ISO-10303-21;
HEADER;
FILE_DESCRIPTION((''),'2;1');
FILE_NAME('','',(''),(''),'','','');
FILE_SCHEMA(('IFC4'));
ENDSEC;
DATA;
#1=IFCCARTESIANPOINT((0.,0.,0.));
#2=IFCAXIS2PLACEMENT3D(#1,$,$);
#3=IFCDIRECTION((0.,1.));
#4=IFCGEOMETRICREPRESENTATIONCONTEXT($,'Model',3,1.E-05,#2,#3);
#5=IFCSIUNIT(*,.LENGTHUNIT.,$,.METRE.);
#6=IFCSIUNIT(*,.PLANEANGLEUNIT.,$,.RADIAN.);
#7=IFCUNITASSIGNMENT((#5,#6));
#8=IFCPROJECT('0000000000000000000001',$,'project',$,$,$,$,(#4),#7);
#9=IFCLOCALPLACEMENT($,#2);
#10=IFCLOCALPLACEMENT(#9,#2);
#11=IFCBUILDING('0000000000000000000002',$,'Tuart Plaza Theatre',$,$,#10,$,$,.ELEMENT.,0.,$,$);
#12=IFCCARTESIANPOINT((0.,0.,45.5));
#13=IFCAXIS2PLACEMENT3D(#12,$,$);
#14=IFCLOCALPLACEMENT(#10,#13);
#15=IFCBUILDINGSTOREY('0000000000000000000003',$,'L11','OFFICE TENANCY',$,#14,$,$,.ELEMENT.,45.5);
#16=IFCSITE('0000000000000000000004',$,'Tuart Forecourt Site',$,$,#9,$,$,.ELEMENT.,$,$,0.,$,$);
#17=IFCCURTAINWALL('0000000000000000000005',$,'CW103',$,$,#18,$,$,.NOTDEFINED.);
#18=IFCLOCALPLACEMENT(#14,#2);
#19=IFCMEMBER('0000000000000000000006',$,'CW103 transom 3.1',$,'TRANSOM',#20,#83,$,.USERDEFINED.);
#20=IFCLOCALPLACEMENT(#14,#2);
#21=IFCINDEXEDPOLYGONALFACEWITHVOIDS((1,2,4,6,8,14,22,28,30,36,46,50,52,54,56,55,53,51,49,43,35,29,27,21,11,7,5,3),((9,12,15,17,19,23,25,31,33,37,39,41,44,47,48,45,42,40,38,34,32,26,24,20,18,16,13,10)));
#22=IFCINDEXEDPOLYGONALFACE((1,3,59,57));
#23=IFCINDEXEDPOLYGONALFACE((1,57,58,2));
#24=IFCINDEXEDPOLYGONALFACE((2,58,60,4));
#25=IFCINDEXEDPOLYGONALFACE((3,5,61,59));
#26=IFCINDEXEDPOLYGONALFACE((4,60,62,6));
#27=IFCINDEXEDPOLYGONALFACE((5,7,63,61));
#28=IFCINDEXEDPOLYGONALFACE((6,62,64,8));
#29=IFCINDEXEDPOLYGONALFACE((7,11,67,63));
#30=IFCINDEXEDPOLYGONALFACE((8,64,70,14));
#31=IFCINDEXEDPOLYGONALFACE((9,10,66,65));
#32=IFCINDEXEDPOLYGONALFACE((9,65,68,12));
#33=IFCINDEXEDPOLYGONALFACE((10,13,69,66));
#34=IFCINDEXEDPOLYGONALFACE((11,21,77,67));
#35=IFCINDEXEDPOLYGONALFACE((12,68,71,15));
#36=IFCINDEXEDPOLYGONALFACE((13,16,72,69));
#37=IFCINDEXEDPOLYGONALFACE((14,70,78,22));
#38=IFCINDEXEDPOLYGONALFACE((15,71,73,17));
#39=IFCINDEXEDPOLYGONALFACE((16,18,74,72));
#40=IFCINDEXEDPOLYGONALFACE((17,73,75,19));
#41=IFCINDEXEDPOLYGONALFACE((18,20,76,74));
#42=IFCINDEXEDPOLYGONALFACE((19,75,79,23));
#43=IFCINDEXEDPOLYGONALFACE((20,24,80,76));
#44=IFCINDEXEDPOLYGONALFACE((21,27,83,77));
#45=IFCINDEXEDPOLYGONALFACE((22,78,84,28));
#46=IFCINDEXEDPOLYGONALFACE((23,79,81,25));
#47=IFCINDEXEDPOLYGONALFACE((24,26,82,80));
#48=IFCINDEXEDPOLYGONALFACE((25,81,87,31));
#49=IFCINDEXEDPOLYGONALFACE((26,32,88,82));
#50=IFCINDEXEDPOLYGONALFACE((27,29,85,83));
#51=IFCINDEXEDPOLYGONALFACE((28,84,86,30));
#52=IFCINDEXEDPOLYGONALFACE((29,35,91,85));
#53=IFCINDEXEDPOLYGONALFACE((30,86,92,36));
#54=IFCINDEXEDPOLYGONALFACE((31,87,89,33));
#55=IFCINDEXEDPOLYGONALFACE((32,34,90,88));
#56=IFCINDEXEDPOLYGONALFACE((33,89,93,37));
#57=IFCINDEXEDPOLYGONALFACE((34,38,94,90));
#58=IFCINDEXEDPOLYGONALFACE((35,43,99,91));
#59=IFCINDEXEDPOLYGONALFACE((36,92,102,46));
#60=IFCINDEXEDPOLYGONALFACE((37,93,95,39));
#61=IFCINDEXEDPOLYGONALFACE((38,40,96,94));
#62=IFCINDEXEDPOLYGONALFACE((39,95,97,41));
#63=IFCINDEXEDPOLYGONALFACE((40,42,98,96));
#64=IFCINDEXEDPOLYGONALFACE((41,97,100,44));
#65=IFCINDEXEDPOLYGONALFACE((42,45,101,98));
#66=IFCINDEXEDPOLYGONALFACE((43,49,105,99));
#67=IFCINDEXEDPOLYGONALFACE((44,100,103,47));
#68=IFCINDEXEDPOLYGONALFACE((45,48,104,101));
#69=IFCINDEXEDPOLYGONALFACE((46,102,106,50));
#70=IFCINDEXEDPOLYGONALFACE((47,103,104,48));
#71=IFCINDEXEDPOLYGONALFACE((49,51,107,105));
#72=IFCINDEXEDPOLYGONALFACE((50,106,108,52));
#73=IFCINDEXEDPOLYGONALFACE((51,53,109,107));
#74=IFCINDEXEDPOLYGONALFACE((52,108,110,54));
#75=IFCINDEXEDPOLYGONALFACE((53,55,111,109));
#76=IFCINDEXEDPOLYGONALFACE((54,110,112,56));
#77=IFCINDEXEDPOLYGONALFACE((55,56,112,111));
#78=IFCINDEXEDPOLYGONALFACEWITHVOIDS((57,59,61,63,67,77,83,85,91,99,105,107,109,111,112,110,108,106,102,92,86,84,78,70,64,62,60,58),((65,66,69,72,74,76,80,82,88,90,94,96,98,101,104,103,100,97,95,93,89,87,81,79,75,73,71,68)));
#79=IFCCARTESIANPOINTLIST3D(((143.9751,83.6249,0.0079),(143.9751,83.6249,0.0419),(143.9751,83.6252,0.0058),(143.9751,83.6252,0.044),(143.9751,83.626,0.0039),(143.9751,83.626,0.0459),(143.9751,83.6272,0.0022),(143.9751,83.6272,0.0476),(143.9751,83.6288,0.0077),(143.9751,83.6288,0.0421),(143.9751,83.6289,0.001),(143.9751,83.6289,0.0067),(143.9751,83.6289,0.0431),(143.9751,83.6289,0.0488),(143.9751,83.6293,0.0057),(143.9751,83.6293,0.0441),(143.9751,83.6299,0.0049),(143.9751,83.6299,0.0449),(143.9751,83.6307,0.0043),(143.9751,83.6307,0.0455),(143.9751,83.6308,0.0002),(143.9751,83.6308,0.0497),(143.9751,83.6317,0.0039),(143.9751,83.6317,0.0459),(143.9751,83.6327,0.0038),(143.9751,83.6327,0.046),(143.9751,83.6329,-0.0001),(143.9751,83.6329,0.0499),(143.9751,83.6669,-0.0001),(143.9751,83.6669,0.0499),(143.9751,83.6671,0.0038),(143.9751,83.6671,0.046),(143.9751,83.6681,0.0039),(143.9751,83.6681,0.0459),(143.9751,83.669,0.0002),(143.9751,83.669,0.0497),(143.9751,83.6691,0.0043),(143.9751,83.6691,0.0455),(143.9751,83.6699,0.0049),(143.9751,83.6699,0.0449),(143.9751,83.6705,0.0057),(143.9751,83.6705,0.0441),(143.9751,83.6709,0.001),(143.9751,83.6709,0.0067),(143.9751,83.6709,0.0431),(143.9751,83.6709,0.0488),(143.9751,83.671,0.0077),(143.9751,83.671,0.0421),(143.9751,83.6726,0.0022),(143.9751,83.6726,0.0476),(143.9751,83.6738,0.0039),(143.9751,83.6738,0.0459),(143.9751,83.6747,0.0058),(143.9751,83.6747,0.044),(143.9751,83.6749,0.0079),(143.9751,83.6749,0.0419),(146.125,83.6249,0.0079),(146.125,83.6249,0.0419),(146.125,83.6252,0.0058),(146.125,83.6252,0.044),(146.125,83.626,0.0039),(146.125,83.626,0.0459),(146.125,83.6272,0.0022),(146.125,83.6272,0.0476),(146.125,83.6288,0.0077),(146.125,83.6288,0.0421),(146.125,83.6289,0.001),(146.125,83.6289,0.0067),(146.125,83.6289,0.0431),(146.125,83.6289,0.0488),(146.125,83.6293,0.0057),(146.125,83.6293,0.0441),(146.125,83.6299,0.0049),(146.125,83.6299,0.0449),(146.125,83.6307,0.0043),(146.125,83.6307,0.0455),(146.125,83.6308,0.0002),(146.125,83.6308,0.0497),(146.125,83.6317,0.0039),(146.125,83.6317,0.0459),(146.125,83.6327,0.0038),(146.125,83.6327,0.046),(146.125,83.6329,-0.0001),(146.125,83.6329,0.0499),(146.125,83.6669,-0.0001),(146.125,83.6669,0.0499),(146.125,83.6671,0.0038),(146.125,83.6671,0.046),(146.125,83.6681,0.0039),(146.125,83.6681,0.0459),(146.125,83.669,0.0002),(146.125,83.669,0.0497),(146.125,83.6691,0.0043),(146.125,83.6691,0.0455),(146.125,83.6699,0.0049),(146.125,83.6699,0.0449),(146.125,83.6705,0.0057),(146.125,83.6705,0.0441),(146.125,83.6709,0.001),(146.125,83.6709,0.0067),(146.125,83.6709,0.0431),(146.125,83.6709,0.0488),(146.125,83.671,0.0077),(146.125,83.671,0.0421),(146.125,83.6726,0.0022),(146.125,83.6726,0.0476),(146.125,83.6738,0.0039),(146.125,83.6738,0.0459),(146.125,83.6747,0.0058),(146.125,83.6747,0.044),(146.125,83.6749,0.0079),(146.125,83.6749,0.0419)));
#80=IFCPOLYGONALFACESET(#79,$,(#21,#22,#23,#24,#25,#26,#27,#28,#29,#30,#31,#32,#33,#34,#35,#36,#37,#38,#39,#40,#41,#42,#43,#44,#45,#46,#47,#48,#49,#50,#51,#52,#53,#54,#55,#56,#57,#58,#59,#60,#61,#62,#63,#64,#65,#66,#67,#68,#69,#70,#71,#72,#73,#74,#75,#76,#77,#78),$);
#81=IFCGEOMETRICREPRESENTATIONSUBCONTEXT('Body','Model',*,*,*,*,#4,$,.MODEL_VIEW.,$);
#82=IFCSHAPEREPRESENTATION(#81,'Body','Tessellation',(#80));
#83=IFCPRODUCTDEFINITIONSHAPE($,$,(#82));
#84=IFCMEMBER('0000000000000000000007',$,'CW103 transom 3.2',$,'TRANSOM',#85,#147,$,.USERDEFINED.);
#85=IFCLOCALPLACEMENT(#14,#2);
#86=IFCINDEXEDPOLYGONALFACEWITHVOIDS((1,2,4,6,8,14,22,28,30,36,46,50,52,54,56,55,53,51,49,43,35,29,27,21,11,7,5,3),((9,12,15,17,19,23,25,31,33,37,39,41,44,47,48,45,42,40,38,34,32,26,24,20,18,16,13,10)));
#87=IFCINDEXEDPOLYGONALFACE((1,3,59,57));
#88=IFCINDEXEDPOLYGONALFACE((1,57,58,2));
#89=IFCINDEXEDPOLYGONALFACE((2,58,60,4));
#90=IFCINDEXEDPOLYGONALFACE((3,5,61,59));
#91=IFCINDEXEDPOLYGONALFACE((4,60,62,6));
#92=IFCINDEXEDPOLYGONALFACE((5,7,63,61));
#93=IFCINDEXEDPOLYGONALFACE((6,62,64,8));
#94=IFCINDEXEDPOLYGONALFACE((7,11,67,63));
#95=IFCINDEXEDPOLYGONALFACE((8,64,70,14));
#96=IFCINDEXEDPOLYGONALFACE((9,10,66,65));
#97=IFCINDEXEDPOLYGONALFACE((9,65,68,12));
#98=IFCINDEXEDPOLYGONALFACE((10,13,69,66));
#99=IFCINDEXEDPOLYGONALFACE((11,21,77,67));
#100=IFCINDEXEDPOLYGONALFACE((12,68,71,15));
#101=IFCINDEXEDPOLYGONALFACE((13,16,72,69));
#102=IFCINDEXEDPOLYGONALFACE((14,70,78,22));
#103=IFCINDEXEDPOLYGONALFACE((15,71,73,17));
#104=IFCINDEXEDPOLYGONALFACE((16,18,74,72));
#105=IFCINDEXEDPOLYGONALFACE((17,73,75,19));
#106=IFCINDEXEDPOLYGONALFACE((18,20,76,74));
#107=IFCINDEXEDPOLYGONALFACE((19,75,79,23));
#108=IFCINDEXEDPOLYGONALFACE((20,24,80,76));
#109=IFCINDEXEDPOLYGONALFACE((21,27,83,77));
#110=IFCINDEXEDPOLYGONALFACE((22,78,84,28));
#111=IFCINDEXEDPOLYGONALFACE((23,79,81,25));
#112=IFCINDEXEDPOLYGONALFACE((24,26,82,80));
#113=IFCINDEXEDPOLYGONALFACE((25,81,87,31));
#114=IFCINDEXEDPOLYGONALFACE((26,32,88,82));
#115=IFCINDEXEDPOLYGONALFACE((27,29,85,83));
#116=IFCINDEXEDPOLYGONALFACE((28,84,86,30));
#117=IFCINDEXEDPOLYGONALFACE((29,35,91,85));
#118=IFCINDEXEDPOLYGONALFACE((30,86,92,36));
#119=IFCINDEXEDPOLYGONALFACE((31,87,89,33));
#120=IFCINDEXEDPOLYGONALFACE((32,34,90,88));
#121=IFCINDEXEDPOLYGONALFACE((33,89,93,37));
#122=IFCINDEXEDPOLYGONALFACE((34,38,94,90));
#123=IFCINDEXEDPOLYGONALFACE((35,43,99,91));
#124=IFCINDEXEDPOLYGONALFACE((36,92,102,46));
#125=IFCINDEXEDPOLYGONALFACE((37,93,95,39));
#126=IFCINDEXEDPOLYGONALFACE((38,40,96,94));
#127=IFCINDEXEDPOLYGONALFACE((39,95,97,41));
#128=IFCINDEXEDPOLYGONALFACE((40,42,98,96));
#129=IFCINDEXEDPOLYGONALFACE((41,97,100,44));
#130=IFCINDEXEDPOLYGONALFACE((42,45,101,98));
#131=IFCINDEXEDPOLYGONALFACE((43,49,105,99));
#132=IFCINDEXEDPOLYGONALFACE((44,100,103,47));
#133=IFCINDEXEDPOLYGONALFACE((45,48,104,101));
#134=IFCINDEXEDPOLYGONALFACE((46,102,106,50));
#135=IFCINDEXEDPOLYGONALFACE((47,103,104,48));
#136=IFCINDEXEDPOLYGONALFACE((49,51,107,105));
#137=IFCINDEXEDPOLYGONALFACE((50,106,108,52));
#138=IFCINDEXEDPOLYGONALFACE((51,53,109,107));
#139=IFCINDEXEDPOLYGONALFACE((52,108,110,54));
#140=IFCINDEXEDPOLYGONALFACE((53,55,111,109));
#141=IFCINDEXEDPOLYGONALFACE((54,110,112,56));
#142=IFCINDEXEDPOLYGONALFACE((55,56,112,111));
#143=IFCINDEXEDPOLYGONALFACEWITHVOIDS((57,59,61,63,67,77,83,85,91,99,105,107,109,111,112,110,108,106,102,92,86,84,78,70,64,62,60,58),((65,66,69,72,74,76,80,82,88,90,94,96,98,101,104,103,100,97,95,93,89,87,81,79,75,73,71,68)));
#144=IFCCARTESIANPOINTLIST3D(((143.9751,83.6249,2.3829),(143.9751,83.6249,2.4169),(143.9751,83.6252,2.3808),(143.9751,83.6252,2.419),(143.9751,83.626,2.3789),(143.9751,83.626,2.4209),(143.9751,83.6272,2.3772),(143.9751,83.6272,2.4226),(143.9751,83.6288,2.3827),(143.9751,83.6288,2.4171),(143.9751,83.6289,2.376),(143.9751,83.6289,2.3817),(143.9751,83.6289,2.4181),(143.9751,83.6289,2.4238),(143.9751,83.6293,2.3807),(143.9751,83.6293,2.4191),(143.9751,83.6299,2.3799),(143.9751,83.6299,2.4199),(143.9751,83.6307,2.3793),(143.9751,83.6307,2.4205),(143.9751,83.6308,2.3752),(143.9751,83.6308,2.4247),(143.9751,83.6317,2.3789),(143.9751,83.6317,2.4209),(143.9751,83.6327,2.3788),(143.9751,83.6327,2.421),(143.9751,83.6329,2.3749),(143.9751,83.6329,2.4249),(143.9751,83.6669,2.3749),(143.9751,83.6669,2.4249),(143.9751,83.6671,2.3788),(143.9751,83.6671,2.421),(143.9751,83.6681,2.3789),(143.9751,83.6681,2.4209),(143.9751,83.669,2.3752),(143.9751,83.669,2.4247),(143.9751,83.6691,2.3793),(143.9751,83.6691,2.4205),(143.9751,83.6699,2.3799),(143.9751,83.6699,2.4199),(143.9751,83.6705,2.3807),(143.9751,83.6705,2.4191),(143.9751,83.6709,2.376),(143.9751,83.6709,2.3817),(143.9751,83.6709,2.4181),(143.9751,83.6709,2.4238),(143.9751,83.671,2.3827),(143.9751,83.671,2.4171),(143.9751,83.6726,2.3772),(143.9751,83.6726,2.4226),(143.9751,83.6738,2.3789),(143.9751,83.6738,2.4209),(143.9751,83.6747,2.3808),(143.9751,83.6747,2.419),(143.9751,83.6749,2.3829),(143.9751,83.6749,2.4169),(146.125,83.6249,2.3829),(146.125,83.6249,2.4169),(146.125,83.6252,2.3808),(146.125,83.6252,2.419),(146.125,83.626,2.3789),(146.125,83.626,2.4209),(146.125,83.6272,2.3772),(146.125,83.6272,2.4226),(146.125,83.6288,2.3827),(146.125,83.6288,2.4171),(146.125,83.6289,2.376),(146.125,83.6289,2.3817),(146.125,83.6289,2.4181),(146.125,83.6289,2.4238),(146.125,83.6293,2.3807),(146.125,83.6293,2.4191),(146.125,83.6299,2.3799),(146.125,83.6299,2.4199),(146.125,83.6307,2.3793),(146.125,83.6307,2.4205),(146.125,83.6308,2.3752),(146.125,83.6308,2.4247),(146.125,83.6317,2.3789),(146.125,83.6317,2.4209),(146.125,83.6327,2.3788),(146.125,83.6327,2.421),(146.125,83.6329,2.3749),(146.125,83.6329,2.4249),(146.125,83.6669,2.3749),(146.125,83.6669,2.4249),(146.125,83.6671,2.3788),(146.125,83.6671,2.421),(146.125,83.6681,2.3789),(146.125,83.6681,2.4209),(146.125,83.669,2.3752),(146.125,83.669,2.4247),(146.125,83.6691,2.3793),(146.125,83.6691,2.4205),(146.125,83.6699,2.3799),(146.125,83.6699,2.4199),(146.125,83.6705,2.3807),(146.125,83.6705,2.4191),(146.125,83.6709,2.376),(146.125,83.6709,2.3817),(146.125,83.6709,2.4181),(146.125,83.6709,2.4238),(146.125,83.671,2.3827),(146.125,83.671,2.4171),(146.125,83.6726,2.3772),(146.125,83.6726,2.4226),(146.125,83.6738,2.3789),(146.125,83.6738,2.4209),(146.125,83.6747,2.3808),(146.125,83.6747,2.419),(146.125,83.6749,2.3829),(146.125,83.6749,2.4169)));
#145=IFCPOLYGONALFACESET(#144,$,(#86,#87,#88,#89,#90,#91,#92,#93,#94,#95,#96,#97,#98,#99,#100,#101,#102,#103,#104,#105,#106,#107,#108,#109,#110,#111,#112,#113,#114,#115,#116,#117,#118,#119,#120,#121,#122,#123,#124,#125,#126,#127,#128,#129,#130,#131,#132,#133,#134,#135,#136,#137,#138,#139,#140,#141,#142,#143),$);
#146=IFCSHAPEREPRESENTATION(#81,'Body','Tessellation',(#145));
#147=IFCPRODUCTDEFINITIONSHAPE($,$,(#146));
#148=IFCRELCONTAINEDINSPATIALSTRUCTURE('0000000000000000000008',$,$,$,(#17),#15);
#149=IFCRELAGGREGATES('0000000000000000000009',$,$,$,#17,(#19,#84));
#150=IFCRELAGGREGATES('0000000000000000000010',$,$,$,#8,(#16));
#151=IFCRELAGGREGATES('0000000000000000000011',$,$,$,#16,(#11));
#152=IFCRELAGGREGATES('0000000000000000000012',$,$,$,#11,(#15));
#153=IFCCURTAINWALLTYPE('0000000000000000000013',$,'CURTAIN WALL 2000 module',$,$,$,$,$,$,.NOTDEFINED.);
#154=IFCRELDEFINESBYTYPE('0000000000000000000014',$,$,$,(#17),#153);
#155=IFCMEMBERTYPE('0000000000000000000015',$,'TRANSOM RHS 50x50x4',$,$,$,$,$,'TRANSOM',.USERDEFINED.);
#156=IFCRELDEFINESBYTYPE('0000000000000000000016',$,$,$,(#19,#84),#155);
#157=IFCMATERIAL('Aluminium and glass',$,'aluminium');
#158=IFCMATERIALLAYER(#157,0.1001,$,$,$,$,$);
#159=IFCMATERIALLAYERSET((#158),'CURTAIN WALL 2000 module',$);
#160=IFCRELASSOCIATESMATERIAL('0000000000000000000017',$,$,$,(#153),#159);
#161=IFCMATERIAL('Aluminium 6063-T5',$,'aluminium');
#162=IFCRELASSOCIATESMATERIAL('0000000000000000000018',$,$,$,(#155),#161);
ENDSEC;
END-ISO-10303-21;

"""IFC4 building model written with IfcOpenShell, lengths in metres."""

from ifc_helpers import new_model, si_unit, direction, frame, origin, origin_2d, place, context, subcontext, project, spatial, hollow_rectangle, extrude, material, layer, layer_set, material_profile, profile_set, type_object, element, aggregate, save


model = new_model("IFC4")

# Units and contexts
model_context = context("Model", 3, precision=1e-05, world=origin(), true_north=direction((0.0, 1.0)))
body_context = subcontext(model_context, "Body", "Model", "MODEL_VIEW")
ifc_project = project(units=[si_unit("LENGTHUNIT", "METRE"), si_unit("PLANEANGLEUNIT", "RADIAN")], contexts=[model_context])

# Site, building, storey
site_placement = place(None, origin())
site = spatial("IfcSite", under=ifc_project, at=site_placement, Name="Tuart Forecourt Site", CompositionType="ELEMENT", RefElevation=0.0)
building_placement = place(site_placement, origin())
building = spatial("IfcBuilding", under=site, at=building_placement, Name="Tuart Plaza Theatre", CompositionType="ELEMENT", ElevationOfRefHeight=0.0)
storey_placement = place(building_placement, frame((0.0, 0.0, 45.5)))
storey = spatial("IfcBuildingStorey", under=building, at=storey_placement, Name="L11", Description="OFFICE TENANCY", CompositionType="ELEMENT", Elevation=45.5)

# Shared definitions
ifc_material_1 = material(Name="Aluminium and glass", Category="aluminium")
ifc_layer_1 = layer(ifc_material_1, 0.1001)
ifc_layer_set_1 = layer_set([ifc_layer_1], Name="CURTAIN WALL 2000 module")
curtain_wall_type = type_object("IfcCurtainWallType", Name="CURTAIN WALL 2000 module", PredefinedType="NOTDEFINED", material=ifc_layer_set_1)

# Curtain wall, members
curtain_wall_1_placement = place(storey_placement, origin())
curtain_wall_1 = element("IfcCurtainWall", 1, at=curtain_wall_1_placement, inside=storey, type_object=curtain_wall_type, Name="CW103", PredefinedType="NOTDEFINED")
ifc_material_2 = material(Name="Aluminium 6063-T5", Category="aluminium")
ifc_material_profile_1 = material_profile(ifc_material_2, hollow_rectangle(XDim=0.05, YDim=0.05, WallThickness=0.0039, InnerFilletRadius=0.0039, OuterFilletRadius=0.0081, at=origin_2d()), Name="RHS 50x50x4")
ifc_profile_set_1 = profile_set([ifc_material_profile_1], Name="Aluminium 6063-T5")
member_type_1 = type_object("IfcMemberType", Name="TRANSOM RHS 50x50x4", ElementType="TRANSOM", PredefinedType="USERDEFINED", material=ifc_profile_set_1)
member_1_placement = place(storey_placement, frame((146.125, 83.6499, 0.0249), z_axis=(-1.0, 0.0, 0.0), x_axis=(0.0, -1.0, 0.0)))
member_1 = element("IfcMember", 2, at=member_1_placement, type_object=member_type_1, Name="CW103 transom 3.1", ObjectType="TRANSOM", PredefinedType="USERDEFINED", context=body_context, shape_type="SweptSolid", body=[
    extrude(hollow_rectangle(XDim=0.05, YDim=0.05, WallThickness=0.0039, InnerFilletRadius=0.0039, OuterFilletRadius=0.0081, at=origin_2d()), origin(), (0.0, 0.0, 1.0), 2.1499),
])
member_2_placement = place(storey_placement, frame((146.125, 83.6499, 2.3999), z_axis=(-1.0, 0.0, 0.0), x_axis=(0.0, -1.0, 0.0)))
member_2 = element("IfcMember", 3, at=member_2_placement, type_object=member_type_1, Name="CW103 transom 3.2", ObjectType="TRANSOM", PredefinedType="USERDEFINED", context=body_context, shape_type="SweptSolid", body=[
    extrude(hollow_rectangle(XDim=0.05, YDim=0.05, WallThickness=0.0039, InnerFilletRadius=0.0039, OuterFilletRadius=0.0081, at=origin_2d()), origin(), (0.0, 0.0, 1.0), 2.1499),
])

aggregate(curtain_wall_1, [member_1, member_2])

save(model, "model.ifc")
